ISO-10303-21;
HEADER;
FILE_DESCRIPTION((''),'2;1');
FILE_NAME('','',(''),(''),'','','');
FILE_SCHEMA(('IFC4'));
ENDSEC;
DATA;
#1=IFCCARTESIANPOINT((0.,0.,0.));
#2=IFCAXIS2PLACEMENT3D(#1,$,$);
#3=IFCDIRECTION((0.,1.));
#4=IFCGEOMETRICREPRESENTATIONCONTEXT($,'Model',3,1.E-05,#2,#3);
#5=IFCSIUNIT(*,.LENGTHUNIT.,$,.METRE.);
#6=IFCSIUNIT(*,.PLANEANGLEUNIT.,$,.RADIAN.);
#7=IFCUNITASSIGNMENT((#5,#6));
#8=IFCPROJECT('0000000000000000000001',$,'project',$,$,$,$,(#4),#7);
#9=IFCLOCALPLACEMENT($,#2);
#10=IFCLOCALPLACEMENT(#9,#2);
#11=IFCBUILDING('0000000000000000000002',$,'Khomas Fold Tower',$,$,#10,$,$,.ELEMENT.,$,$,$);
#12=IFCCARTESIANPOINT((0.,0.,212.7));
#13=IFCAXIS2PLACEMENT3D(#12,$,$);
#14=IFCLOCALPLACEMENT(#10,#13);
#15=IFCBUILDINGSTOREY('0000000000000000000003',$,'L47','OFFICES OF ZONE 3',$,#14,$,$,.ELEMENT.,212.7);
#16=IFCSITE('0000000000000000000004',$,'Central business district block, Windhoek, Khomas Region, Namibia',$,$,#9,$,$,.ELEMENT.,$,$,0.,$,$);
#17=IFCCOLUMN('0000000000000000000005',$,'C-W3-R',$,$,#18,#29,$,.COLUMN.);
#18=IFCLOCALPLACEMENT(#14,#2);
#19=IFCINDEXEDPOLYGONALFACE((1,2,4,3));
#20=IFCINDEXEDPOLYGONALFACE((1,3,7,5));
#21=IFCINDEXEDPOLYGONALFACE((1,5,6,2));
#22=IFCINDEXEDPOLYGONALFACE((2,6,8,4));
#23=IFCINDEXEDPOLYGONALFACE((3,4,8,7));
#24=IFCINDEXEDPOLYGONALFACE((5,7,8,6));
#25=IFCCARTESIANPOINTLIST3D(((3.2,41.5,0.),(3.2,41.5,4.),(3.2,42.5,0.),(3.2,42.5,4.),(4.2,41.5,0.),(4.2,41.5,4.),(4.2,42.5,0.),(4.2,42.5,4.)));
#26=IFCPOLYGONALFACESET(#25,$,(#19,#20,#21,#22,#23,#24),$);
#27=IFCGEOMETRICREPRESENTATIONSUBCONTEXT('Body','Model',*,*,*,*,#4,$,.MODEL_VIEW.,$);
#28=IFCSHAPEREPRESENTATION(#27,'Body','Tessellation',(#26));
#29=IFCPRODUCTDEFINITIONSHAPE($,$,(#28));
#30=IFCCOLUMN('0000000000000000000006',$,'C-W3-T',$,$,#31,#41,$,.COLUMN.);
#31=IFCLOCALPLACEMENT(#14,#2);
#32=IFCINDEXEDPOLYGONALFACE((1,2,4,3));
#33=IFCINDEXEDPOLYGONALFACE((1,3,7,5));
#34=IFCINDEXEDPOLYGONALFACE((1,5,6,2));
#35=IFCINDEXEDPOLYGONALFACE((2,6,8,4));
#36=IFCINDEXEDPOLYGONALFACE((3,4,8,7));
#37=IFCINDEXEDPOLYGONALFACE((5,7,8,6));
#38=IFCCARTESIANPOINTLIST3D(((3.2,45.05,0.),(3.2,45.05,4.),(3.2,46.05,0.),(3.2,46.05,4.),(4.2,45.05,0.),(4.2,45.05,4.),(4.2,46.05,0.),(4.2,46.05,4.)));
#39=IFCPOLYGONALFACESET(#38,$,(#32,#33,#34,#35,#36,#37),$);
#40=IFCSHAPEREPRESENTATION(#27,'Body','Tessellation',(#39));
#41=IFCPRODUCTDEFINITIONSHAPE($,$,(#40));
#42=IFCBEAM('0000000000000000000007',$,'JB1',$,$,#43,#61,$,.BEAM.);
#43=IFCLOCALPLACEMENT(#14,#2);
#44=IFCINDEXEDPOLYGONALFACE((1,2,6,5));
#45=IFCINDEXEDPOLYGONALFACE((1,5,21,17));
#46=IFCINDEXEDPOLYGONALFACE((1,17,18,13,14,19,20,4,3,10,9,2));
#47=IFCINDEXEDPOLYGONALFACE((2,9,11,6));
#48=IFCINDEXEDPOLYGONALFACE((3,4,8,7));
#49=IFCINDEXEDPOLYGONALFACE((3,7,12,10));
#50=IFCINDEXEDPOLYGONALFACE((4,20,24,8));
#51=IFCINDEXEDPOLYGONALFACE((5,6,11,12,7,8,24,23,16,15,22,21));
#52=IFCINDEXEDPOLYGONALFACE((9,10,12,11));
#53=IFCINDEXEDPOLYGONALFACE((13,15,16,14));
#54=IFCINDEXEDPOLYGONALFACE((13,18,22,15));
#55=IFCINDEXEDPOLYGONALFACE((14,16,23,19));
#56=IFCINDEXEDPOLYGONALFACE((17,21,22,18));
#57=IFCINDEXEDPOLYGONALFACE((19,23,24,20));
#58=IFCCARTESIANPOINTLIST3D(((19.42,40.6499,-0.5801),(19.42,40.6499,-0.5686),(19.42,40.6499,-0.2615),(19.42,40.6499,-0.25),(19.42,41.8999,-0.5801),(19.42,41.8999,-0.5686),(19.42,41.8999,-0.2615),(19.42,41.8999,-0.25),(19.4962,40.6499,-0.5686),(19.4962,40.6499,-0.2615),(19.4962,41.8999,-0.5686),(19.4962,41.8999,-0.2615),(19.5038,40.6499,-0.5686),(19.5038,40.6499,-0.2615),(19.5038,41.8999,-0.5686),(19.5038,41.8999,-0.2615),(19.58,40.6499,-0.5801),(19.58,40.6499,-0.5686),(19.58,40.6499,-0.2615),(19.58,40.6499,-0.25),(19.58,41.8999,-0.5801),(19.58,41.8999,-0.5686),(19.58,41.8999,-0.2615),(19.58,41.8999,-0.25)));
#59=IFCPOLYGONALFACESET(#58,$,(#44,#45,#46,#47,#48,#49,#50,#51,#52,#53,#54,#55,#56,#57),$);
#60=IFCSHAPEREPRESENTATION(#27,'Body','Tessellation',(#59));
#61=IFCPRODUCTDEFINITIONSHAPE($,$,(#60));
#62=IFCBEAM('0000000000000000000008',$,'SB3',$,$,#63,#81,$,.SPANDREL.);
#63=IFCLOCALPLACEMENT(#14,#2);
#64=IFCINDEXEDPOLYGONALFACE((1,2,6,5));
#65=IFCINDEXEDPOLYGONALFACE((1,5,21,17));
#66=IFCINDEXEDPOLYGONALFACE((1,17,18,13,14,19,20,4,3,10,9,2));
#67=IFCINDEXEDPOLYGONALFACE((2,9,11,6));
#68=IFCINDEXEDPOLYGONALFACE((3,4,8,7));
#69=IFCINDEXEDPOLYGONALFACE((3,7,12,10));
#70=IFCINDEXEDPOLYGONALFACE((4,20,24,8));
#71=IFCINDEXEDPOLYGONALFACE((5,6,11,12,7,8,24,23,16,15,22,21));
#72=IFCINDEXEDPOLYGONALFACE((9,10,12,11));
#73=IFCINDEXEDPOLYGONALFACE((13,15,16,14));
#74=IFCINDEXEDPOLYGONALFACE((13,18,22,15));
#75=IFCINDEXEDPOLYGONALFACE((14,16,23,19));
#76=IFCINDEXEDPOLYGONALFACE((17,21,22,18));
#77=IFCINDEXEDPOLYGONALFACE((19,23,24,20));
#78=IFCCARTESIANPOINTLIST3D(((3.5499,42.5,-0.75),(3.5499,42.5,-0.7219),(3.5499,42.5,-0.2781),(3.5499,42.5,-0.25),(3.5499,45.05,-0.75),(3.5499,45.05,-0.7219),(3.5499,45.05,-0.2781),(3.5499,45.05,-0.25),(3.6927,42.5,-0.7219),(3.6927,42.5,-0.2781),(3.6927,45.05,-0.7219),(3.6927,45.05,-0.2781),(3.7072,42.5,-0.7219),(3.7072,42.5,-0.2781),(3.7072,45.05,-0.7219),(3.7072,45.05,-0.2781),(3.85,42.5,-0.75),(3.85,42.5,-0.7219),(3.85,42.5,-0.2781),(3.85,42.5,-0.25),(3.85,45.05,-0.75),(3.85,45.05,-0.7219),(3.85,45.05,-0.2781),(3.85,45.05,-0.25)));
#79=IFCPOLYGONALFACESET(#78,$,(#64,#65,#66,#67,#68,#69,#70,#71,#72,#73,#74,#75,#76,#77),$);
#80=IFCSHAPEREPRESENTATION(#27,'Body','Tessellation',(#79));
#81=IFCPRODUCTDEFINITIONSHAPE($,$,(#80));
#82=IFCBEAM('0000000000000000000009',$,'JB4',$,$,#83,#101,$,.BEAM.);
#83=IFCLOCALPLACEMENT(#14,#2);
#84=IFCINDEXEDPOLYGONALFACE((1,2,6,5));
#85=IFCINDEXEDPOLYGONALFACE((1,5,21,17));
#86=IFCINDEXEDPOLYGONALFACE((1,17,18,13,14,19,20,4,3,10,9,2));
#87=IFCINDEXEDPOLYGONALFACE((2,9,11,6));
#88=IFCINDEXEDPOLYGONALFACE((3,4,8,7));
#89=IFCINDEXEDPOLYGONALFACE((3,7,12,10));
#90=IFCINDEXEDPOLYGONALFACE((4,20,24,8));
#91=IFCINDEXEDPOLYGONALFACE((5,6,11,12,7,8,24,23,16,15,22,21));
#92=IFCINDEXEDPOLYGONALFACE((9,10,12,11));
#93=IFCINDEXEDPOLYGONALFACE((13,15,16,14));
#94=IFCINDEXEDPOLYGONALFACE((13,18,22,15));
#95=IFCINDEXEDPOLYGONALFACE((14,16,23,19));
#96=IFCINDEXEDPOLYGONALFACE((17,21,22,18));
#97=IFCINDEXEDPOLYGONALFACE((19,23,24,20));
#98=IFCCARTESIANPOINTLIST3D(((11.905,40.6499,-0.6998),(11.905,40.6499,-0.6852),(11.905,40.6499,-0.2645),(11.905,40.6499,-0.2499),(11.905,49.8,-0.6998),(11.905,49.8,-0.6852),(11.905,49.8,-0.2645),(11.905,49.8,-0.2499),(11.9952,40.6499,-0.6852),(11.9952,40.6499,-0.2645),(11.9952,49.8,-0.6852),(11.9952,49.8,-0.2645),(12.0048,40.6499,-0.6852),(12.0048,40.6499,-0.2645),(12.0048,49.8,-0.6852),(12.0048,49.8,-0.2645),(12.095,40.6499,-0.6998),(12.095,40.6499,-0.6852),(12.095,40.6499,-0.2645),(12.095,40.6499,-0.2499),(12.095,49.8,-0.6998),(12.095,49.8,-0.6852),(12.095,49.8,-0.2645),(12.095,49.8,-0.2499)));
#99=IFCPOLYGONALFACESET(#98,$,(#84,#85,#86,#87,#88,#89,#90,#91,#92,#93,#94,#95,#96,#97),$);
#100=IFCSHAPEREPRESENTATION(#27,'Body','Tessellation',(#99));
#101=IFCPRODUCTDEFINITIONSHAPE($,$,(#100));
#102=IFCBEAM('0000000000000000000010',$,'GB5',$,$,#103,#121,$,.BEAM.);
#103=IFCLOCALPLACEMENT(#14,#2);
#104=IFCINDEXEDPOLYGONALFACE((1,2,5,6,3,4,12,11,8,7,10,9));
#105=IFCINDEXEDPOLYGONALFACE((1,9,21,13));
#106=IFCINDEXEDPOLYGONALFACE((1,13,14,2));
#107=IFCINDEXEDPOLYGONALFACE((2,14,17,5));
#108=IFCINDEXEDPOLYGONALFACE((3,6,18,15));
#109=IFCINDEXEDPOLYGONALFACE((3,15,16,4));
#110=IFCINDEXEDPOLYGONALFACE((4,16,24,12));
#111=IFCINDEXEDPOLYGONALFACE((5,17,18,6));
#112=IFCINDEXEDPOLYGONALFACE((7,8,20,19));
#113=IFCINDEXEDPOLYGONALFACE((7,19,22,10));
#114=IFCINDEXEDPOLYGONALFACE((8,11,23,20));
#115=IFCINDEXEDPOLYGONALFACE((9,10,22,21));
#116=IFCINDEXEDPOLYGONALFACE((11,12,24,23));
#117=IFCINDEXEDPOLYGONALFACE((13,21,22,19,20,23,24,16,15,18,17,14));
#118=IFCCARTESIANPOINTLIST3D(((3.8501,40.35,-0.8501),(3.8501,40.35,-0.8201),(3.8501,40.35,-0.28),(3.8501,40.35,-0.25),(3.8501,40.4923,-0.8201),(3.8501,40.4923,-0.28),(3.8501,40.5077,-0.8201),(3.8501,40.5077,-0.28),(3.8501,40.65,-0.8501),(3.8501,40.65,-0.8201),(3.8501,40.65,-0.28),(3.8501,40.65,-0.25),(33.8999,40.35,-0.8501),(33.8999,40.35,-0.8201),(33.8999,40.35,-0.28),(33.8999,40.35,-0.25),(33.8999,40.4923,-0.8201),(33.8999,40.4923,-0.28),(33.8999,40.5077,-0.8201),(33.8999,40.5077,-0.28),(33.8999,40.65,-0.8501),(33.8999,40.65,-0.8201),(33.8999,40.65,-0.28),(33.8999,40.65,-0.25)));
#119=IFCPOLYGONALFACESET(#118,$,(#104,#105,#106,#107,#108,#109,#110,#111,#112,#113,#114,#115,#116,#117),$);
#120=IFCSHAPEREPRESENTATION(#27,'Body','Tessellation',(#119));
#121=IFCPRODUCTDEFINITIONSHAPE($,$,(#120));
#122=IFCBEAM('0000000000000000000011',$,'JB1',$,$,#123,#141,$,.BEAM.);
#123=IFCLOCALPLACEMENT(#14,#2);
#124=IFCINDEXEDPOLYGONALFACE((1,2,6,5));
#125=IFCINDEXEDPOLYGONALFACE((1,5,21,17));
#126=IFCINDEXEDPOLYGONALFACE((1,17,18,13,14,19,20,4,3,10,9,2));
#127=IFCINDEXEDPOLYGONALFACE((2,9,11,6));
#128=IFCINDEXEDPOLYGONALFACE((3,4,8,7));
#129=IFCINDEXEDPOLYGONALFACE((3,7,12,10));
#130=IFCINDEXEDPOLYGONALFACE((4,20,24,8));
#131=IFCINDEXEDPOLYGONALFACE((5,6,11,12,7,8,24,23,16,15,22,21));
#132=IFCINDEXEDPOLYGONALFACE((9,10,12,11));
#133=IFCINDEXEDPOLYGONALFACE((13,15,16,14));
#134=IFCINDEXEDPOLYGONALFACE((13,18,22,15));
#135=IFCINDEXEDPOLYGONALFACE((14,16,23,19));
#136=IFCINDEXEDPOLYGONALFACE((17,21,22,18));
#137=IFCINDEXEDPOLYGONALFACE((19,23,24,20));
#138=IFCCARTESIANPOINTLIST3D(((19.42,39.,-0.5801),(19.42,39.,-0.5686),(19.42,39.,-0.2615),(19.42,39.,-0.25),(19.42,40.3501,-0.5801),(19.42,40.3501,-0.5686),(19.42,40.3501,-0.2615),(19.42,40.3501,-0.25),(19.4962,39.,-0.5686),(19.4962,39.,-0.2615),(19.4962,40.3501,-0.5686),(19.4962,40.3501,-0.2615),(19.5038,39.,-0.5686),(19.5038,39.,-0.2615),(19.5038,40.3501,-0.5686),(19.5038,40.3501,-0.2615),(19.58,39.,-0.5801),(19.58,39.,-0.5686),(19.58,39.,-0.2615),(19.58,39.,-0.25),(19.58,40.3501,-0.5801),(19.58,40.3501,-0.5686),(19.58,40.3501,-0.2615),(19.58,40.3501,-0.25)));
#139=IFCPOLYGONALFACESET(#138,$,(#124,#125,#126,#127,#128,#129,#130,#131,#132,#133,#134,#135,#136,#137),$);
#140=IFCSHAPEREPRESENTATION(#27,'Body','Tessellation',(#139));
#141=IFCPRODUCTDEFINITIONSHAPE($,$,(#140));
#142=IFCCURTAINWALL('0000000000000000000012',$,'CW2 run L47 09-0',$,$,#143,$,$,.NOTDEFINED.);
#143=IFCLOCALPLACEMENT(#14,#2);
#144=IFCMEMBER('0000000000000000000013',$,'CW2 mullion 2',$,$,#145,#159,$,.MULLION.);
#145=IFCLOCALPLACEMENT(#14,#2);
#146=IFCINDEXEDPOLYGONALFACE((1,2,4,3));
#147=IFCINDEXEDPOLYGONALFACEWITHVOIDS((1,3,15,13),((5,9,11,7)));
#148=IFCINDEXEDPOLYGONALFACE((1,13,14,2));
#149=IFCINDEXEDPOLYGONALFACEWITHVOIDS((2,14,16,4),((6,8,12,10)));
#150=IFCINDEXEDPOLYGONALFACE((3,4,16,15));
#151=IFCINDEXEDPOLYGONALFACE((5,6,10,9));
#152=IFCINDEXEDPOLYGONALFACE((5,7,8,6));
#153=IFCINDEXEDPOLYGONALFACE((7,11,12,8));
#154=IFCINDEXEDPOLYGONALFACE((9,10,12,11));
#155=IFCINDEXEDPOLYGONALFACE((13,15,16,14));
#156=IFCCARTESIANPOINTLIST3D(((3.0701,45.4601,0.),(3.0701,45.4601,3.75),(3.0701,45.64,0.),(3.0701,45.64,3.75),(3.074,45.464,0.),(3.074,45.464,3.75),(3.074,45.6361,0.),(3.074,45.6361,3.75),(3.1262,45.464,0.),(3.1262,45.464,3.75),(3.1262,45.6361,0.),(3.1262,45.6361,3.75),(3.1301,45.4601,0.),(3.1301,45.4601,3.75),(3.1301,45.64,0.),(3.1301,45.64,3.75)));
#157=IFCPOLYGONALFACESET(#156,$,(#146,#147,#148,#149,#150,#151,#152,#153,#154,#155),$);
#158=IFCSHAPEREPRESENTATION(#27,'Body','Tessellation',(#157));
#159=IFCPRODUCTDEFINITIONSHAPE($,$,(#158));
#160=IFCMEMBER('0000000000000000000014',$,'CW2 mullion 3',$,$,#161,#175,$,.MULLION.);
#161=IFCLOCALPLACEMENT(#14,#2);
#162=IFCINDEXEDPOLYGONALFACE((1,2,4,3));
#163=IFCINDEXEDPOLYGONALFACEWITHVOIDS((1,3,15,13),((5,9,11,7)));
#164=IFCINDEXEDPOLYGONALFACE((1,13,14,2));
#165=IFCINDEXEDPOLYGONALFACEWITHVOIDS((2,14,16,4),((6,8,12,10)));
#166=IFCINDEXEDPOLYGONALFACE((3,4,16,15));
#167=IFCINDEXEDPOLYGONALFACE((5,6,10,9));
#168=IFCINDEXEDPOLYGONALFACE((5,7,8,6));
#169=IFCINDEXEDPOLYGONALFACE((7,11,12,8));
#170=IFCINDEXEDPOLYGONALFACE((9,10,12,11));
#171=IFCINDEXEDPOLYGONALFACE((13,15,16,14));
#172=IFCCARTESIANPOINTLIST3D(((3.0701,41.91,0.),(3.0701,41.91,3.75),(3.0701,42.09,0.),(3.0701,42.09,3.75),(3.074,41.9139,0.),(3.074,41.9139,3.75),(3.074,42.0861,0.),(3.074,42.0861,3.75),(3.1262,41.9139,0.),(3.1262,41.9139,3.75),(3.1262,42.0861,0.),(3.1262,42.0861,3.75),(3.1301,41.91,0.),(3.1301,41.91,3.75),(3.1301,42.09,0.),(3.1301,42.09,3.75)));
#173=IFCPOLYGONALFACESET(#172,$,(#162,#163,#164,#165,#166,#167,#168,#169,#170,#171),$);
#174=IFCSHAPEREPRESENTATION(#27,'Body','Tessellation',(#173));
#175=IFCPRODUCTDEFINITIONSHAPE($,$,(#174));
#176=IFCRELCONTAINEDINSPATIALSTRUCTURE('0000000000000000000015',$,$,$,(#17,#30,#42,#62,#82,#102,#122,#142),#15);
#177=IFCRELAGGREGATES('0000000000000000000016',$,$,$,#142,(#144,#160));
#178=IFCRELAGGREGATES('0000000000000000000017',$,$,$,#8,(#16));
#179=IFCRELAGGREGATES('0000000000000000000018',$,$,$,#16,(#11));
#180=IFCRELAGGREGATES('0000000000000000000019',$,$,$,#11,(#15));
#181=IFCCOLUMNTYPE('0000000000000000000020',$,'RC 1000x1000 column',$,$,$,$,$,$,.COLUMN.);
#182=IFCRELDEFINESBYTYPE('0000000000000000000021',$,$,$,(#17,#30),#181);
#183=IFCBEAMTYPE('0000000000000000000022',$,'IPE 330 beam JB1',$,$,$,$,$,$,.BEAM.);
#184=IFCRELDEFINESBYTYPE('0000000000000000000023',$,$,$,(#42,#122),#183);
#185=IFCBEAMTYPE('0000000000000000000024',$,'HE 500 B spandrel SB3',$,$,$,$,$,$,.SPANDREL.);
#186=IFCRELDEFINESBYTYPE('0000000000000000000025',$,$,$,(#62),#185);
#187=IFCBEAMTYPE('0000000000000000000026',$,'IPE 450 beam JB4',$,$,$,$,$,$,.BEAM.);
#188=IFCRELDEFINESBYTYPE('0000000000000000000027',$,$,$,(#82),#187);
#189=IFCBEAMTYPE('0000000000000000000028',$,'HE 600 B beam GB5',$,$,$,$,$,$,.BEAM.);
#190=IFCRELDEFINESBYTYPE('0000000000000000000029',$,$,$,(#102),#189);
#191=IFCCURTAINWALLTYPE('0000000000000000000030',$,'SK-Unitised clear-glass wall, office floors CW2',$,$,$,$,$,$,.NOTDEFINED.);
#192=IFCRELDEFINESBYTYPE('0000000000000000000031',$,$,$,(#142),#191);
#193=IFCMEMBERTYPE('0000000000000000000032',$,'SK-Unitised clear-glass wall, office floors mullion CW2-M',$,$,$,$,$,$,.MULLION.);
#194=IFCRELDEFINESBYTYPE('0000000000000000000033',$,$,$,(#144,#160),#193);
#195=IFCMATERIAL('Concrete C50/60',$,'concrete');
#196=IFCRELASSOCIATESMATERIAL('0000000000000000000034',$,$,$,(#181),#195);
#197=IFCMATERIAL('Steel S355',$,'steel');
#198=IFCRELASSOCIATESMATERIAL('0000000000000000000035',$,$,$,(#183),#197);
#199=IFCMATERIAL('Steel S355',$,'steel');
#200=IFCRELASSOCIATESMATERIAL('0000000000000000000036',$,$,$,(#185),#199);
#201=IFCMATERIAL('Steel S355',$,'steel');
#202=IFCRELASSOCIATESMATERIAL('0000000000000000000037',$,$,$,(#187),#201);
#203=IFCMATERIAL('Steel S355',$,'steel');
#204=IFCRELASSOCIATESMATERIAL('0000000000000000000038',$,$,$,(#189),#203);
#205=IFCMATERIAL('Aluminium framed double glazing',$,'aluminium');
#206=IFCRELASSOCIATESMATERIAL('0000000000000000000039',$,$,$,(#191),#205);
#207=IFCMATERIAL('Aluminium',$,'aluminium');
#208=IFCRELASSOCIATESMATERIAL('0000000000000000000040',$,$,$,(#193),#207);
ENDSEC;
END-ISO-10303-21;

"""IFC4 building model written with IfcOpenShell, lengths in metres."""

from ifc_helpers import new_model, si_unit, direction, frame, origin, origin_2d, place, context, subcontext, project, spatial, rectangle, hollow_rectangle, i_section, extrude, source, transform, mapped, material, material_profile, profile_set, type_object, element, aggregate, save


model = new_model("IFC4")

# Units and contexts
model_context = context("Model", 3, precision=1e-05, world=origin(), true_north=direction((0.0, 1.0)))
body_context = subcontext(model_context, "Body", "Model", "MODEL_VIEW")
ifc_project = project(units=[si_unit("LENGTHUNIT", "METRE"), si_unit("PLANEANGLEUNIT", "RADIAN")], contexts=[model_context])

# Site, building, storey
site_placement = place(None, origin())
site = spatial("IfcSite", under=ifc_project, at=site_placement, Name="Central business district block, Windhoek, Khomas Region, Namibia", CompositionType="ELEMENT", RefElevation=0.0)
building_placement = place(site_placement, origin())
building = spatial("IfcBuilding", under=site, at=building_placement, Name="Khomas Fold Tower", CompositionType="ELEMENT")
storey_placement = place(building_placement, frame((0.0, 0.0, 212.7)))
storey = spatial("IfcBuildingStorey", under=building, at=storey_placement, Name="L47", Description="OFFICES OF ZONE 3", CompositionType="ELEMENT", Elevation=212.7)

# Columns
ifc_material_1 = material(Name="Concrete C50/60", Category="concrete")
ifc_material_profile_1 = material_profile(ifc_material_1, rectangle(XDim=1.0, YDim=1.0, at=origin_2d()), Name="RC 1000x1000")
ifc_profile_set_1 = profile_set([ifc_material_profile_1], Name="Concrete C50/60")
column_type = type_object("IfcColumnType", Name="RC 1000x1000 column", PredefinedType="COLUMN", material=ifc_profile_set_1)
shared_shape_1 = source(origin(), body_context, "Body", "SweptSolid", [
    extrude(rectangle(XDim=1.0, YDim=1.0, at=origin_2d()), origin(), (0.0, 0.0, 1.0), 4.0),
])
for number, where, z_axis, x_axis, name in (
    (1, (3.7, 42.0, 0.0), (0.0, 0.0, 1.0), (1.0, 0.0, 0.0), "C-W3-R"),
    (2, (3.7, 45.55, 0.0), (0.0, 0.0, 1.0), (1.0, 0.0, 0.0), "C-W3-T"),
):
    element("IfcColumn", number, at=place(storey_placement, frame(where, z_axis=z_axis, x_axis=x_axis)), inside=storey, type_object=column_type, Name=name, PredefinedType="COLUMN", context=body_context, shape_type="MappedRepresentation", body=[
        mapped(shared_shape_1, transform((0.0, 0.0, 0.0))),
    ])

# Beams
ifc_material_2 = material(Name="Steel S355", Category="steel")
ifc_material_profile_2 = material_profile(ifc_material_2, i_section(OverallWidth=0.1599, OverallDepth=0.3301, WebThickness=0.0076, FlangeThickness=0.0115, at=origin_2d()), Name="IPE 330")
ifc_profile_set_2 = profile_set([ifc_material_profile_2], Name="Steel S355")
beam_type_1 = type_object("IfcBeamType", Name="IPE 330 beam JB1", PredefinedType="BEAM", material=ifc_profile_set_2)
shared_shape_2 = source(origin(), body_context, "Body", "SweptSolid", [
    extrude(i_section(OverallWidth=0.1599, OverallDepth=0.3301, WebThickness=0.0076, FlangeThickness=0.0115, at=origin_2d()), origin(), (0.0, 0.0, 1.0), 1.25),
])
beam_1_placement = place(storey_placement, frame((19.5, 40.6499, -0.415), z_axis=(0.0, 1.0, 0.0), x_axis=(-1.0, 0.0, 0.0)))
element("IfcBeam", 3, at=beam_1_placement, inside=storey, type_object=beam_type_1, Name="JB1", PredefinedType="BEAM", context=body_context, shape_type="MappedRepresentation", body=[
    mapped(shared_shape_2, transform((0.0, 0.0, 0.0))),
])
ifc_material_3 = material(Name="Steel S355", Category="steel")
ifc_material_profile_3 = material_profile(ifc_material_3, i_section(OverallWidth=0.3, OverallDepth=0.5, WebThickness=0.0144, FlangeThickness=0.0281, at=origin_2d()), Name="HE 500 B")
ifc_profile_set_3 = profile_set([ifc_material_profile_3], Name="Steel S355")
beam_type_2 = type_object("IfcBeamType", Name="HE 500 B spandrel SB3", PredefinedType="SPANDREL", material=ifc_profile_set_3)
shared_shape_3 = source(origin(), body_context, "Body", "SweptSolid", [
    extrude(i_section(OverallWidth=0.3, OverallDepth=0.5, WebThickness=0.0144, FlangeThickness=0.0281, at=origin_2d()), origin(), (0.0, 0.0, 1.0), 2.55),
])
beam_2_placement = place(storey_placement, frame((3.7, 42.5, -0.5), z_axis=(0.0, 1.0, 0.0), x_axis=(-1.0, 0.0, 0.0)))
element("IfcBeam", 4, at=beam_2_placement, inside=storey, type_object=beam_type_2, Name="SB3", PredefinedType="SPANDREL", context=body_context, shape_type="MappedRepresentation", body=[
    mapped(shared_shape_3, transform((0.0, 0.0, 0.0))),
])
ifc_material_4 = material(Name="Steel S355", Category="steel")
ifc_material_profile_4 = material_profile(ifc_material_4, i_section(OverallWidth=0.1899, OverallDepth=0.45, WebThickness=0.0095, FlangeThickness=0.0146, at=origin_2d()), Name="IPE 450")
ifc_profile_set_4 = profile_set([ifc_material_profile_4], Name="Steel S355")
beam_type_3 = type_object("IfcBeamType", Name="IPE 450 beam JB4", PredefinedType="BEAM", material=ifc_profile_set_4)
shared_shape_4 = source(origin(), body_context, "Body", "SweptSolid", [
    extrude(i_section(OverallWidth=0.1899, OverallDepth=0.45, WebThickness=0.0095, FlangeThickness=0.0146, at=origin_2d()), origin(), (0.0, 0.0, 1.0), 9.1501),
])
beam_3_placement = place(storey_placement, frame((12.0, 40.6499, -0.4749), z_axis=(0.0, 1.0, 0.0), x_axis=(-1.0, 0.0, 0.0)))
element("IfcBeam", 5, at=beam_3_placement, inside=storey, type_object=beam_type_3, Name="JB4", PredefinedType="BEAM", context=body_context, shape_type="MappedRepresentation", body=[
    mapped(shared_shape_4, transform((0.0, 0.0, 0.0))),
])
ifc_material_5 = material(Name="Steel S355", Category="steel")
ifc_material_profile_5 = material_profile(ifc_material_5, i_section(OverallWidth=0.3, OverallDepth=0.6001, WebThickness=0.0154, FlangeThickness=0.03, at=origin_2d()), Name="HE 600 B")
ifc_profile_set_5 = profile_set([ifc_material_profile_5], Name="Steel S355")
beam_type_4 = type_object("IfcBeamType", Name="HE 600 B beam GB5", PredefinedType="BEAM", material=ifc_profile_set_5)
shared_shape_5 = source(origin(), body_context, "Body", "SweptSolid", [
    extrude(i_section(OverallWidth=0.3, OverallDepth=0.6001, WebThickness=0.0154, FlangeThickness=0.03, at=origin_2d()), origin(), (0.0, 0.0, 1.0), 30.0498),
])
beam_4_placement = place(storey_placement, frame((3.8501, 40.5, -0.55), z_axis=(1.0, 0.0, 0.0), x_axis=(0.0, 1.0, 0.0)))
element("IfcBeam", 6, at=beam_4_placement, inside=storey, type_object=beam_type_4, Name="GB5", PredefinedType="BEAM", context=body_context, shape_type="MappedRepresentation", body=[
    mapped(shared_shape_5, transform((0.0, 0.0, 0.0))),
])
shared_shape_6 = source(origin(), body_context, "Body", "SweptSolid", [
    extrude(i_section(OverallWidth=0.1599, OverallDepth=0.3301, WebThickness=0.0076, FlangeThickness=0.0115, at=origin_2d()), origin(), (0.0, 0.0, 1.0), 1.3501),
])
beam_5_placement = place(storey_placement, frame((19.5, 39.0, -0.415), z_axis=(0.0, 1.0, 0.0), x_axis=(-1.0, 0.0, 0.0)))
element("IfcBeam", 7, at=beam_5_placement, inside=storey, type_object=beam_type_1, Name="JB1", PredefinedType="BEAM", context=body_context, shape_type="MappedRepresentation", body=[
    mapped(shared_shape_6, transform((0.0, 0.0, 0.0))),
])

# Curtain wall, members
ifc_material_6 = material(Name="Aluminium framed double glazing", Category="aluminium")
curtain_wall_type = type_object("IfcCurtainWallType", Name="SK-Unitised clear-glass wall, office floors CW2", PredefinedType="NOTDEFINED", material=ifc_material_6)
curtain_wall_placement = place(storey_placement, origin())
curtain_wall = element("IfcCurtainWall", 8, at=curtain_wall_placement, inside=storey, type_object=curtain_wall_type, Name="CW2 run L47 09-0", PredefinedType="NOTDEFINED")
ifc_material_7 = material(Name="Aluminium", Category="aluminium")
ifc_material_profile_6 = material_profile(ifc_material_7, hollow_rectangle(XDim=0.0601, YDim=0.1799, WallThickness=0.0039, at=origin_2d()), Name="SK-Unitised clear-glass wall, office floors mullion CW2-M")
ifc_profile_set_6 = profile_set([ifc_material_profile_6], Name="Aluminium")
member_type_1 = type_object("IfcMemberType", Name="SK-Unitised clear-glass wall, office floors mullion CW2-M", PredefinedType="MULLION", material=ifc_profile_set_6)
shared_shape_7 = source(origin(), body_context, "Body", "SweptSolid", [
    extrude(hollow_rectangle(XDim=0.0601, YDim=0.1799, WallThickness=0.0039, at=origin_2d()), origin(), (0.0, 0.0, 1.0), 3.75),
])
member_1_placement = place(storey_placement, frame((3.1001, 45.55, 0.0), z_axis=(0.0, 0.0, 1.0), x_axis=(1.0, 0.0, 0.0)))
member_1 = element("IfcMember", 9, at=member_1_placement, type_object=member_type_1, Name="CW2 mullion 2", PredefinedType="MULLION", context=body_context, shape_type="MappedRepresentation", body=[
    mapped(shared_shape_7, transform((0.0, 0.0, 0.0))),
])
member_2_placement = place(storey_placement, frame((3.1001, 42.0, 0.0), z_axis=(0.0, 0.0, 1.0), x_axis=(1.0, 0.0, 0.0)))
member_2 = element("IfcMember", 10, at=member_2_placement, type_object=member_type_1, Name="CW2 mullion 3", PredefinedType="MULLION", context=body_context, shape_type="MappedRepresentation", body=[
    mapped(shared_shape_7, transform((0.0, 0.0, 0.0))),
])

aggregate(curtain_wall, [member_1, member_2])

save(model, "model.ifc")
